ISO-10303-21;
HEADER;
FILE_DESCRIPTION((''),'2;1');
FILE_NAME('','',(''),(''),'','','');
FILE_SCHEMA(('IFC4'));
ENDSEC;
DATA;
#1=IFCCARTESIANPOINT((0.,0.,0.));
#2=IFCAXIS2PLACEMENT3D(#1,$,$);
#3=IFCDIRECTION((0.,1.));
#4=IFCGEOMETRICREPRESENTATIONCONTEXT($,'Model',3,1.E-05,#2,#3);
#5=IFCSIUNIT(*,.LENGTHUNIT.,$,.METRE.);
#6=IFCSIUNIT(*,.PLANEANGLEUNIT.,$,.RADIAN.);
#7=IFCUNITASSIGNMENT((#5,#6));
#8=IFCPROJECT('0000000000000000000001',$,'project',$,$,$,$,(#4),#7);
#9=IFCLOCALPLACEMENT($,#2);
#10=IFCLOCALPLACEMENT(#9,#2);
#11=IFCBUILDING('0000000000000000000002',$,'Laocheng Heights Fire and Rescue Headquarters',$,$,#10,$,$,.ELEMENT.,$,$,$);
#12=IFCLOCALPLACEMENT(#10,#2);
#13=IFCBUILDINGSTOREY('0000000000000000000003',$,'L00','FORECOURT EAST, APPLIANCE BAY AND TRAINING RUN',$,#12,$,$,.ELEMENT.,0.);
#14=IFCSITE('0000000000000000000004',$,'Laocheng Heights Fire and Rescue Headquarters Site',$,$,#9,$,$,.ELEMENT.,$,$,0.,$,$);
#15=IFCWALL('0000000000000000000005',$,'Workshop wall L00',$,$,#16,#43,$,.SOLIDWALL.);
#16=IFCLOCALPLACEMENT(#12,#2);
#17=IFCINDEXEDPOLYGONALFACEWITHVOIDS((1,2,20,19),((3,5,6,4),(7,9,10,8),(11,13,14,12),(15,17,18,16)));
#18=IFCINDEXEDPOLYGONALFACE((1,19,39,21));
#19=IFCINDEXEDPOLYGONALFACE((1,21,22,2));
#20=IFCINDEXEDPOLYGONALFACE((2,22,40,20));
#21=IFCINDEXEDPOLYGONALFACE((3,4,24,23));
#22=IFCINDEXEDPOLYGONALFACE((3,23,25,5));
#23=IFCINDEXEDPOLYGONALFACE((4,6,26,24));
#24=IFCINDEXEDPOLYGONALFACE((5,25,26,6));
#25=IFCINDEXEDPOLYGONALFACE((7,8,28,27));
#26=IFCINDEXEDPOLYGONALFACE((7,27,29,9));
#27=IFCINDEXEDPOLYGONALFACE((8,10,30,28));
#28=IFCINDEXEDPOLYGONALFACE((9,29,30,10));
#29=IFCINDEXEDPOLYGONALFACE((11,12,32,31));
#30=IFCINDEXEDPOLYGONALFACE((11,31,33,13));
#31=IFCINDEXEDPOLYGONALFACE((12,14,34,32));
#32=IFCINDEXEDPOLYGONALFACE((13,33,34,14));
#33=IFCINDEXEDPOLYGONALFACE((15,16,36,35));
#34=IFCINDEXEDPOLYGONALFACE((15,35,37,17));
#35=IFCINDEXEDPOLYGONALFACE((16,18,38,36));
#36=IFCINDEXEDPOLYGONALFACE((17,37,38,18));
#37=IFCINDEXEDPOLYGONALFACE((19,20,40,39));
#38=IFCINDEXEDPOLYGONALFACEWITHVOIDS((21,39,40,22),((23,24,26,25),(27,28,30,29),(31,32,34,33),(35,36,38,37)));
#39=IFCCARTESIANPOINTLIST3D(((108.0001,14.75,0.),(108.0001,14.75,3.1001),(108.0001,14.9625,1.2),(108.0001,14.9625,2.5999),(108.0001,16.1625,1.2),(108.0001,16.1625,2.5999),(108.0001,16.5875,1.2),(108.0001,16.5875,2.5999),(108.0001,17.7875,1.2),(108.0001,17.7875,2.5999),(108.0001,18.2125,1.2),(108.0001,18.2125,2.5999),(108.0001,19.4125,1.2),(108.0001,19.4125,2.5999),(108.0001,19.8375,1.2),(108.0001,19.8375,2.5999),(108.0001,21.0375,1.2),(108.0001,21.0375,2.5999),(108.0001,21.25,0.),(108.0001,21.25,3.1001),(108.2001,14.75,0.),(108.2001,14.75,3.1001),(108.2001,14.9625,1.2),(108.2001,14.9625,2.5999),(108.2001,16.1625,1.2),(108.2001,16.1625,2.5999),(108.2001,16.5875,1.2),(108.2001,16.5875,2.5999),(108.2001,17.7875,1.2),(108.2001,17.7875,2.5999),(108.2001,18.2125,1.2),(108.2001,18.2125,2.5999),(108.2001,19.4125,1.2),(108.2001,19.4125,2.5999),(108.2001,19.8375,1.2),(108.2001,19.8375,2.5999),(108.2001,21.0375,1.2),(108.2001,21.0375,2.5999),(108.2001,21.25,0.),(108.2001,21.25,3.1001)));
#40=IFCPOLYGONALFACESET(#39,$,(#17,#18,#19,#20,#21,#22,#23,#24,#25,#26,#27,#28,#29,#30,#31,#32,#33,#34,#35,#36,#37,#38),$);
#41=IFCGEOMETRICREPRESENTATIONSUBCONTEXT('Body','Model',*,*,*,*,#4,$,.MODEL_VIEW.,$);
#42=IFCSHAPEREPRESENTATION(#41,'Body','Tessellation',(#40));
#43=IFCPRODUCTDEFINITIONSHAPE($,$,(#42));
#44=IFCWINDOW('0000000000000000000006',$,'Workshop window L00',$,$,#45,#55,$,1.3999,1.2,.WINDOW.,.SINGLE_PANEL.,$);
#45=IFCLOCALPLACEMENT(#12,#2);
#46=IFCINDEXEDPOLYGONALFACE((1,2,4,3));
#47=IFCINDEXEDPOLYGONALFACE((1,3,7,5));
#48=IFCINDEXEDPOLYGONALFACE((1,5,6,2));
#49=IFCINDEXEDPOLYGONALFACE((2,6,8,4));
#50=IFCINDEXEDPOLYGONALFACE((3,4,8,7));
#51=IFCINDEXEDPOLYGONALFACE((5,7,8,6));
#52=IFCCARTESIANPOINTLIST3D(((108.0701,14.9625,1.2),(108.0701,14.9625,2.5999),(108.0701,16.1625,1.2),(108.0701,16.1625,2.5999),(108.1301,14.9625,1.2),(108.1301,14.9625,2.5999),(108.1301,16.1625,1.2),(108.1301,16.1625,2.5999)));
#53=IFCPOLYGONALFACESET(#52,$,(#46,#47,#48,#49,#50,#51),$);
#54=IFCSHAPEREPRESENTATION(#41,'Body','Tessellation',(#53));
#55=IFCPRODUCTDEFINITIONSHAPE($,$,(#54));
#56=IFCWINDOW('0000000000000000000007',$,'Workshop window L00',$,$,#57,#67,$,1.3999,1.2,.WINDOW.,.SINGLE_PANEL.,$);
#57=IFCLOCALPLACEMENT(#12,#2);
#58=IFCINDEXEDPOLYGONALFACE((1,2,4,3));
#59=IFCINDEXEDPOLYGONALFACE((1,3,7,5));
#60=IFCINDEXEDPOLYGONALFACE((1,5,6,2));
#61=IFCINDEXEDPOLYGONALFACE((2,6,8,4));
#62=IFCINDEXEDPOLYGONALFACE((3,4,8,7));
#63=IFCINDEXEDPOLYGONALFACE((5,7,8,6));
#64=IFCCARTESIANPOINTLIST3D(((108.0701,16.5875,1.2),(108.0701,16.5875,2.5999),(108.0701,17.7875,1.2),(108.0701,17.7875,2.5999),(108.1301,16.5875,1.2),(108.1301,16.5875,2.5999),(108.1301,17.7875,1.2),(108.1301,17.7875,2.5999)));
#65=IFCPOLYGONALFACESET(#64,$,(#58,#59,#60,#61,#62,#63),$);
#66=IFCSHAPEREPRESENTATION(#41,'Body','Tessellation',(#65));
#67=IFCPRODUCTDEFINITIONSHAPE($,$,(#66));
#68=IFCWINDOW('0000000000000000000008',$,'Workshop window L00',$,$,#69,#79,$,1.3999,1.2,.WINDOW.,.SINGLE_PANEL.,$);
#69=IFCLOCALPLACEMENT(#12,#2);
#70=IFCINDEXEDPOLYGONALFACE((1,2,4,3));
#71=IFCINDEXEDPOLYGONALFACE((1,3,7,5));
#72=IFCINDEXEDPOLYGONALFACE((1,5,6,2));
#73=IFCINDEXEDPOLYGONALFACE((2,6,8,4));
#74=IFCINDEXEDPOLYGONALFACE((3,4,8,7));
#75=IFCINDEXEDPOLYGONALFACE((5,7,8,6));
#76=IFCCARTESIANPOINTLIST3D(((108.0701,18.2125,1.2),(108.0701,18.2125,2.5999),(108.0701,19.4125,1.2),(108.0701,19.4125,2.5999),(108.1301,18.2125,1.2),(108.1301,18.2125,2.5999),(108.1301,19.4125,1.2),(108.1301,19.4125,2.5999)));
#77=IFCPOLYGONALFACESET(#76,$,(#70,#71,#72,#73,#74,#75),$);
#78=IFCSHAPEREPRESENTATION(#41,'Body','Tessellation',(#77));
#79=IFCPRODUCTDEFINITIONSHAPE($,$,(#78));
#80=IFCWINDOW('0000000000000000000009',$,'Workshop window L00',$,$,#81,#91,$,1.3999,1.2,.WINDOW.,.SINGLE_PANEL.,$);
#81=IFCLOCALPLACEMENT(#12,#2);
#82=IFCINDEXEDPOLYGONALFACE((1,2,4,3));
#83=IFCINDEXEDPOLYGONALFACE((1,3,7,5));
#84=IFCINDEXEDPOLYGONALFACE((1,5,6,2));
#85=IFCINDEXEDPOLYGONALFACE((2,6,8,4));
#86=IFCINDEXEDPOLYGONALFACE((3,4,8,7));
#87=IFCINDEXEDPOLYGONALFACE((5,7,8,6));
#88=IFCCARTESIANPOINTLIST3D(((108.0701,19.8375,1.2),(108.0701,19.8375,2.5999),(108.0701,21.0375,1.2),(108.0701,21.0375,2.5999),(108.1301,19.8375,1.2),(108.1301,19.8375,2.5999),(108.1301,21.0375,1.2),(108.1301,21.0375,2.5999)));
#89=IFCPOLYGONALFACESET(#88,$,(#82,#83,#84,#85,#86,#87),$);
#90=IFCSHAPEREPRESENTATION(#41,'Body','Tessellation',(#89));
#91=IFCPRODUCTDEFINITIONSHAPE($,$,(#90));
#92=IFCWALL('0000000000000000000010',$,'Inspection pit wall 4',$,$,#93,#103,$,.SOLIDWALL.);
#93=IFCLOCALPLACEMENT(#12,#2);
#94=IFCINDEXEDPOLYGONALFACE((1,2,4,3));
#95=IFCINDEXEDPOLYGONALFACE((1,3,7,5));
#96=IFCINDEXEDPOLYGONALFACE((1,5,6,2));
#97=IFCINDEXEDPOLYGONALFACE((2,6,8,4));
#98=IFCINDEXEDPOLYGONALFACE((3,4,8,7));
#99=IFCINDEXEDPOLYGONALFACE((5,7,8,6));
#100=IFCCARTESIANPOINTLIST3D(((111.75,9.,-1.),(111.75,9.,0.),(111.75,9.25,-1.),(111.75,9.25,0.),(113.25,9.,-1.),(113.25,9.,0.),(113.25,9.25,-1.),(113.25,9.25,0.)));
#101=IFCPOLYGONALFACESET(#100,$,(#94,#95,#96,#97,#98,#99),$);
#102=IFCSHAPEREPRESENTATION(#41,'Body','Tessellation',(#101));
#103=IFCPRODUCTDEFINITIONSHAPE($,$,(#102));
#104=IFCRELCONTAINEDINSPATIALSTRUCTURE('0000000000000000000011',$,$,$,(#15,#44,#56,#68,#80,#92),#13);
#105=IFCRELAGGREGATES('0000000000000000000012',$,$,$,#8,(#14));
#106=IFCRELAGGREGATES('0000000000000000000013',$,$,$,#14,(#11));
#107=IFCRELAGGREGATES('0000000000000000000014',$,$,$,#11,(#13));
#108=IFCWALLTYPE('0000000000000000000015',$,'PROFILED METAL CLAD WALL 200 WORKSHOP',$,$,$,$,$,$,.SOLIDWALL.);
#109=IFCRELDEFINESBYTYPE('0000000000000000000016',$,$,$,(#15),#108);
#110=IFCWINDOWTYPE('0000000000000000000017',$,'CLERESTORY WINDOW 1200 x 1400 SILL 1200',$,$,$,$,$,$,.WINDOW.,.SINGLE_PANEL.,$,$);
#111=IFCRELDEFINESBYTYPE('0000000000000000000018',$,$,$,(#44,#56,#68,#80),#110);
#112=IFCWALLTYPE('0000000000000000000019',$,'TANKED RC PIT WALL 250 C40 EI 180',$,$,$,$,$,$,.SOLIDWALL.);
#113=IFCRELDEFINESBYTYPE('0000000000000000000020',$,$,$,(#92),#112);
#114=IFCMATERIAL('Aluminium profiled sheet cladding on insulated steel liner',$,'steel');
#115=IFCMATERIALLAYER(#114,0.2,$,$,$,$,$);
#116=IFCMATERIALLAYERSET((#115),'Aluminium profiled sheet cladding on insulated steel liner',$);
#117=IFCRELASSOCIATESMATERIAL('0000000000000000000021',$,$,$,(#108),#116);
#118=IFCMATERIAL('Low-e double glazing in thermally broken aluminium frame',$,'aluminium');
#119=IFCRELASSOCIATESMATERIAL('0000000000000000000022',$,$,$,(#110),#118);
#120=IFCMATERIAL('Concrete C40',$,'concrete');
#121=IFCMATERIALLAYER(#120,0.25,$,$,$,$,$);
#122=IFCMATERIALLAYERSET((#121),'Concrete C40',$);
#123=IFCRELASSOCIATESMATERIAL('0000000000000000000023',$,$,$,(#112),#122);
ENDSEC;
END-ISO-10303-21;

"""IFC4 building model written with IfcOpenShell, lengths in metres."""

from ifc_helpers import new_model, si_unit, direction, frame, frame_2d, origin, place, context, subcontext, project, spatial, rectangle, extrude, material, layer, layer_set, type_object, element, fill, save


model = new_model("IFC4")

# Units and contexts
model_context = context("Model", 3, precision=1e-05, world=origin(), true_north=direction((0.0, 1.0)))
body_context = subcontext(model_context, "Body", "Model", "MODEL_VIEW")
ifc_project = project(units=[si_unit("LENGTHUNIT", "METRE"), si_unit("PLANEANGLEUNIT", "RADIAN")], contexts=[model_context])

# Site, building, storey
site_placement = place(None, origin())
site = spatial("IfcSite", under=ifc_project, at=site_placement, Name="Laocheng Heights Fire and Rescue Headquarters Site", CompositionType="ELEMENT", RefElevation=0.0)
building_placement = place(site_placement, origin())
building = spatial("IfcBuilding", under=site, at=building_placement, Name="Laocheng Heights Fire and Rescue Headquarters", CompositionType="ELEMENT")
storey_placement = place(building_placement, origin())
storey = spatial("IfcBuildingStorey", under=building, at=storey_placement, Name="L00", Description="FORECOURT EAST, APPLIANCE BAY AND TRAINING RUN", CompositionType="ELEMENT", Elevation=0.0)

# Shared definitions
ifc_material_1 = material(Name="Aluminium profiled sheet cladding on insulated steel liner", Category="steel")
ifc_layer_1 = layer(ifc_material_1, 0.2)
ifc_layer_set_1 = layer_set([ifc_layer_1], Name="Aluminium profiled sheet cladding on insulated steel liner")
wall_type_1 = type_object("IfcWallType", Name="PROFILED METAL CLAD WALL 200 WORKSHOP", PredefinedType="SOLIDWALL", material=ifc_layer_set_1)

# Wall, openings, windows
wall_1_placement = place(storey_placement, frame((108.1001, 14.75, 0.0), z_axis=(0.0, 0.0, 1.0), x_axis=(0.0, 1.0, 0.0)))
wall_1 = element("IfcWall", 1, at=wall_1_placement, inside=storey, type_object=wall_type_1, Name="Workshop wall L00", PredefinedType="SOLIDWALL", context=body_context, shape_type="SweptSolid", body=[
    extrude(rectangle(XDim=6.5, YDim=0.2, at=frame_2d((3.25, 0.0))), origin(), (0.0, 0.0, 1.0), 3.1001),
])
opening_1_placement = place(wall_1_placement, frame((0.2124, 0.0, 1.2)))
opening_1 = element("IfcOpeningElement", 2, at=opening_1_placement, cuts=wall_1, PredefinedType="OPENING", context=body_context, shape_type="SweptSolid", body=[
    extrude(rectangle(XDim=1.2, YDim=1.3999, at=frame_2d((0.6001, 0.7))), frame((0.0, 0.1099, 0.0), z_axis=(0.0, -1.0, 0.0), x_axis=(1.0, 0.0, 0.0)), (0.0, 0.0, 1.0), 0.22),
])
opening_2_placement = place(wall_1_placement, frame((1.8374, 0.0, 1.2)))
opening_2 = element("IfcOpeningElement", 3, at=opening_2_placement, cuts=wall_1, PredefinedType="OPENING", context=body_context, shape_type="SweptSolid", body=[
    extrude(rectangle(XDim=1.2, YDim=1.3999, at=frame_2d((0.6001, 0.7))), frame((0.0, 0.1099, 0.0), z_axis=(0.0, -1.0, 0.0), x_axis=(1.0, 0.0, 0.0)), (0.0, 0.0, 1.0), 0.22),
])
opening_3_placement = place(wall_1_placement, frame((3.4624, 0.0, 1.2)))
opening_3 = element("IfcOpeningElement", 4, at=opening_3_placement, cuts=wall_1, PredefinedType="OPENING", context=body_context, shape_type="SweptSolid", body=[
    extrude(rectangle(XDim=1.2, YDim=1.3999, at=frame_2d((0.6001, 0.7))), frame((0.0, 0.1099, 0.0), z_axis=(0.0, -1.0, 0.0), x_axis=(1.0, 0.0, 0.0)), (0.0, 0.0, 1.0), 0.22),
])
opening_4_placement = place(wall_1_placement, frame((5.0874, 0.0, 1.2)))
opening_4 = element("IfcOpeningElement", 5, at=opening_4_placement, cuts=wall_1, PredefinedType="OPENING", context=body_context, shape_type="SweptSolid", body=[
    extrude(rectangle(XDim=1.2, YDim=1.3999, at=frame_2d((0.6001, 0.7))), frame((0.0, 0.1099, 0.0), z_axis=(0.0, -1.0, 0.0), x_axis=(1.0, 0.0, 0.0)), (0.0, 0.0, 1.0), 0.22),
])
ifc_material_2 = material(Name="Low-e double glazing in thermally broken aluminium frame", Category="aluminium")
window_type = type_object("IfcWindowType", Name="CLERESTORY WINDOW 1200 x 1400 SILL 1200", PartitioningType="SINGLE_PANEL", PredefinedType="WINDOW", material=ifc_material_2)
window_1_placement = place(opening_1_placement, origin())
window_1 = element("IfcWindow", 6, at=window_1_placement, inside=storey, type_object=window_type, Name="Workshop window L00", OverallHeight=1.3999, OverallWidth=1.2, PartitioningType="SINGLE_PANEL", PredefinedType="WINDOW", context=body_context, shape_type="SweptSolid", body=[
    extrude(rectangle(XDim=1.2, YDim=1.3999, at=frame_2d((0.6001, 0.7))), frame((0.0, 0.03, 0.0), z_axis=(0.0, -1.0, 0.0), x_axis=(1.0, 0.0, 0.0)), (0.0, 0.0, 1.0), 0.0601),
])
fill(opening_1, window_1)
window_2_placement = place(opening_2_placement, origin())
window_2 = element("IfcWindow", 7, at=window_2_placement, inside=storey, type_object=window_type, Name="Workshop window L00", OverallHeight=1.3999, OverallWidth=1.2, PartitioningType="SINGLE_PANEL", PredefinedType="WINDOW", context=body_context, shape_type="SweptSolid", body=[
    extrude(rectangle(XDim=1.2, YDim=1.3999, at=frame_2d((0.6001, 0.7))), frame((0.0, 0.03, 0.0), z_axis=(0.0, -1.0, 0.0), x_axis=(1.0, 0.0, 0.0)), (0.0, 0.0, 1.0), 0.0601),
])
fill(opening_2, window_2)
window_3_placement = place(opening_3_placement, origin())
window_3 = element("IfcWindow", 8, at=window_3_placement, inside=storey, type_object=window_type, Name="Workshop window L00", OverallHeight=1.3999, OverallWidth=1.2, PartitioningType="SINGLE_PANEL", PredefinedType="WINDOW", context=body_context, shape_type="SweptSolid", body=[
    extrude(rectangle(XDim=1.2, YDim=1.3999, at=frame_2d((0.6001, 0.7))), frame((0.0, 0.03, 0.0), z_axis=(0.0, -1.0, 0.0), x_axis=(1.0, 0.0, 0.0)), (0.0, 0.0, 1.0), 0.0601),
])
fill(opening_3, window_3)
window_4_placement = place(opening_4_placement, origin())
window_4 = element("IfcWindow", 9, at=window_4_placement, inside=storey, type_object=window_type, Name="Workshop window L00", OverallHeight=1.3999, OverallWidth=1.2, PartitioningType="SINGLE_PANEL", PredefinedType="WINDOW", context=body_context, shape_type="SweptSolid", body=[
    extrude(rectangle(XDim=1.2, YDim=1.3999, at=frame_2d((0.6001, 0.7))), frame((0.0, 0.03, 0.0), z_axis=(0.0, -1.0, 0.0), x_axis=(1.0, 0.0, 0.0)), (0.0, 0.0, 1.0), 0.0601),
])
fill(opening_4, window_4)

# Wall
ifc_material_3 = material(Name="Concrete C40", Category="concrete")
ifc_layer_2 = layer(ifc_material_3, 0.25)
ifc_layer_set_2 = layer_set([ifc_layer_2], Name="Concrete C40")
wall_type_2 = type_object("IfcWallType", Name="TANKED RC PIT WALL 250 C40 EI 180", PredefinedType="SOLIDWALL", material=ifc_layer_set_2)
wall_2_placement = place(storey_placement, frame((111.75, 9.125, -1.0), z_axis=(0.0, 0.0, 1.0), x_axis=(1.0, 0.0, 0.0)))
element("IfcWall", 10, at=wall_2_placement, inside=storey, type_object=wall_type_2, Name="Inspection pit wall 4", PredefinedType="SOLIDWALL", context=body_context, shape_type="SweptSolid", body=[
    extrude(rectangle(XDim=1.5, YDim=0.25, at=frame_2d((0.75, 0.0))), origin(), (0.0, 0.0, 1.0), 1.0),
])

save(model, "model.ifc")
